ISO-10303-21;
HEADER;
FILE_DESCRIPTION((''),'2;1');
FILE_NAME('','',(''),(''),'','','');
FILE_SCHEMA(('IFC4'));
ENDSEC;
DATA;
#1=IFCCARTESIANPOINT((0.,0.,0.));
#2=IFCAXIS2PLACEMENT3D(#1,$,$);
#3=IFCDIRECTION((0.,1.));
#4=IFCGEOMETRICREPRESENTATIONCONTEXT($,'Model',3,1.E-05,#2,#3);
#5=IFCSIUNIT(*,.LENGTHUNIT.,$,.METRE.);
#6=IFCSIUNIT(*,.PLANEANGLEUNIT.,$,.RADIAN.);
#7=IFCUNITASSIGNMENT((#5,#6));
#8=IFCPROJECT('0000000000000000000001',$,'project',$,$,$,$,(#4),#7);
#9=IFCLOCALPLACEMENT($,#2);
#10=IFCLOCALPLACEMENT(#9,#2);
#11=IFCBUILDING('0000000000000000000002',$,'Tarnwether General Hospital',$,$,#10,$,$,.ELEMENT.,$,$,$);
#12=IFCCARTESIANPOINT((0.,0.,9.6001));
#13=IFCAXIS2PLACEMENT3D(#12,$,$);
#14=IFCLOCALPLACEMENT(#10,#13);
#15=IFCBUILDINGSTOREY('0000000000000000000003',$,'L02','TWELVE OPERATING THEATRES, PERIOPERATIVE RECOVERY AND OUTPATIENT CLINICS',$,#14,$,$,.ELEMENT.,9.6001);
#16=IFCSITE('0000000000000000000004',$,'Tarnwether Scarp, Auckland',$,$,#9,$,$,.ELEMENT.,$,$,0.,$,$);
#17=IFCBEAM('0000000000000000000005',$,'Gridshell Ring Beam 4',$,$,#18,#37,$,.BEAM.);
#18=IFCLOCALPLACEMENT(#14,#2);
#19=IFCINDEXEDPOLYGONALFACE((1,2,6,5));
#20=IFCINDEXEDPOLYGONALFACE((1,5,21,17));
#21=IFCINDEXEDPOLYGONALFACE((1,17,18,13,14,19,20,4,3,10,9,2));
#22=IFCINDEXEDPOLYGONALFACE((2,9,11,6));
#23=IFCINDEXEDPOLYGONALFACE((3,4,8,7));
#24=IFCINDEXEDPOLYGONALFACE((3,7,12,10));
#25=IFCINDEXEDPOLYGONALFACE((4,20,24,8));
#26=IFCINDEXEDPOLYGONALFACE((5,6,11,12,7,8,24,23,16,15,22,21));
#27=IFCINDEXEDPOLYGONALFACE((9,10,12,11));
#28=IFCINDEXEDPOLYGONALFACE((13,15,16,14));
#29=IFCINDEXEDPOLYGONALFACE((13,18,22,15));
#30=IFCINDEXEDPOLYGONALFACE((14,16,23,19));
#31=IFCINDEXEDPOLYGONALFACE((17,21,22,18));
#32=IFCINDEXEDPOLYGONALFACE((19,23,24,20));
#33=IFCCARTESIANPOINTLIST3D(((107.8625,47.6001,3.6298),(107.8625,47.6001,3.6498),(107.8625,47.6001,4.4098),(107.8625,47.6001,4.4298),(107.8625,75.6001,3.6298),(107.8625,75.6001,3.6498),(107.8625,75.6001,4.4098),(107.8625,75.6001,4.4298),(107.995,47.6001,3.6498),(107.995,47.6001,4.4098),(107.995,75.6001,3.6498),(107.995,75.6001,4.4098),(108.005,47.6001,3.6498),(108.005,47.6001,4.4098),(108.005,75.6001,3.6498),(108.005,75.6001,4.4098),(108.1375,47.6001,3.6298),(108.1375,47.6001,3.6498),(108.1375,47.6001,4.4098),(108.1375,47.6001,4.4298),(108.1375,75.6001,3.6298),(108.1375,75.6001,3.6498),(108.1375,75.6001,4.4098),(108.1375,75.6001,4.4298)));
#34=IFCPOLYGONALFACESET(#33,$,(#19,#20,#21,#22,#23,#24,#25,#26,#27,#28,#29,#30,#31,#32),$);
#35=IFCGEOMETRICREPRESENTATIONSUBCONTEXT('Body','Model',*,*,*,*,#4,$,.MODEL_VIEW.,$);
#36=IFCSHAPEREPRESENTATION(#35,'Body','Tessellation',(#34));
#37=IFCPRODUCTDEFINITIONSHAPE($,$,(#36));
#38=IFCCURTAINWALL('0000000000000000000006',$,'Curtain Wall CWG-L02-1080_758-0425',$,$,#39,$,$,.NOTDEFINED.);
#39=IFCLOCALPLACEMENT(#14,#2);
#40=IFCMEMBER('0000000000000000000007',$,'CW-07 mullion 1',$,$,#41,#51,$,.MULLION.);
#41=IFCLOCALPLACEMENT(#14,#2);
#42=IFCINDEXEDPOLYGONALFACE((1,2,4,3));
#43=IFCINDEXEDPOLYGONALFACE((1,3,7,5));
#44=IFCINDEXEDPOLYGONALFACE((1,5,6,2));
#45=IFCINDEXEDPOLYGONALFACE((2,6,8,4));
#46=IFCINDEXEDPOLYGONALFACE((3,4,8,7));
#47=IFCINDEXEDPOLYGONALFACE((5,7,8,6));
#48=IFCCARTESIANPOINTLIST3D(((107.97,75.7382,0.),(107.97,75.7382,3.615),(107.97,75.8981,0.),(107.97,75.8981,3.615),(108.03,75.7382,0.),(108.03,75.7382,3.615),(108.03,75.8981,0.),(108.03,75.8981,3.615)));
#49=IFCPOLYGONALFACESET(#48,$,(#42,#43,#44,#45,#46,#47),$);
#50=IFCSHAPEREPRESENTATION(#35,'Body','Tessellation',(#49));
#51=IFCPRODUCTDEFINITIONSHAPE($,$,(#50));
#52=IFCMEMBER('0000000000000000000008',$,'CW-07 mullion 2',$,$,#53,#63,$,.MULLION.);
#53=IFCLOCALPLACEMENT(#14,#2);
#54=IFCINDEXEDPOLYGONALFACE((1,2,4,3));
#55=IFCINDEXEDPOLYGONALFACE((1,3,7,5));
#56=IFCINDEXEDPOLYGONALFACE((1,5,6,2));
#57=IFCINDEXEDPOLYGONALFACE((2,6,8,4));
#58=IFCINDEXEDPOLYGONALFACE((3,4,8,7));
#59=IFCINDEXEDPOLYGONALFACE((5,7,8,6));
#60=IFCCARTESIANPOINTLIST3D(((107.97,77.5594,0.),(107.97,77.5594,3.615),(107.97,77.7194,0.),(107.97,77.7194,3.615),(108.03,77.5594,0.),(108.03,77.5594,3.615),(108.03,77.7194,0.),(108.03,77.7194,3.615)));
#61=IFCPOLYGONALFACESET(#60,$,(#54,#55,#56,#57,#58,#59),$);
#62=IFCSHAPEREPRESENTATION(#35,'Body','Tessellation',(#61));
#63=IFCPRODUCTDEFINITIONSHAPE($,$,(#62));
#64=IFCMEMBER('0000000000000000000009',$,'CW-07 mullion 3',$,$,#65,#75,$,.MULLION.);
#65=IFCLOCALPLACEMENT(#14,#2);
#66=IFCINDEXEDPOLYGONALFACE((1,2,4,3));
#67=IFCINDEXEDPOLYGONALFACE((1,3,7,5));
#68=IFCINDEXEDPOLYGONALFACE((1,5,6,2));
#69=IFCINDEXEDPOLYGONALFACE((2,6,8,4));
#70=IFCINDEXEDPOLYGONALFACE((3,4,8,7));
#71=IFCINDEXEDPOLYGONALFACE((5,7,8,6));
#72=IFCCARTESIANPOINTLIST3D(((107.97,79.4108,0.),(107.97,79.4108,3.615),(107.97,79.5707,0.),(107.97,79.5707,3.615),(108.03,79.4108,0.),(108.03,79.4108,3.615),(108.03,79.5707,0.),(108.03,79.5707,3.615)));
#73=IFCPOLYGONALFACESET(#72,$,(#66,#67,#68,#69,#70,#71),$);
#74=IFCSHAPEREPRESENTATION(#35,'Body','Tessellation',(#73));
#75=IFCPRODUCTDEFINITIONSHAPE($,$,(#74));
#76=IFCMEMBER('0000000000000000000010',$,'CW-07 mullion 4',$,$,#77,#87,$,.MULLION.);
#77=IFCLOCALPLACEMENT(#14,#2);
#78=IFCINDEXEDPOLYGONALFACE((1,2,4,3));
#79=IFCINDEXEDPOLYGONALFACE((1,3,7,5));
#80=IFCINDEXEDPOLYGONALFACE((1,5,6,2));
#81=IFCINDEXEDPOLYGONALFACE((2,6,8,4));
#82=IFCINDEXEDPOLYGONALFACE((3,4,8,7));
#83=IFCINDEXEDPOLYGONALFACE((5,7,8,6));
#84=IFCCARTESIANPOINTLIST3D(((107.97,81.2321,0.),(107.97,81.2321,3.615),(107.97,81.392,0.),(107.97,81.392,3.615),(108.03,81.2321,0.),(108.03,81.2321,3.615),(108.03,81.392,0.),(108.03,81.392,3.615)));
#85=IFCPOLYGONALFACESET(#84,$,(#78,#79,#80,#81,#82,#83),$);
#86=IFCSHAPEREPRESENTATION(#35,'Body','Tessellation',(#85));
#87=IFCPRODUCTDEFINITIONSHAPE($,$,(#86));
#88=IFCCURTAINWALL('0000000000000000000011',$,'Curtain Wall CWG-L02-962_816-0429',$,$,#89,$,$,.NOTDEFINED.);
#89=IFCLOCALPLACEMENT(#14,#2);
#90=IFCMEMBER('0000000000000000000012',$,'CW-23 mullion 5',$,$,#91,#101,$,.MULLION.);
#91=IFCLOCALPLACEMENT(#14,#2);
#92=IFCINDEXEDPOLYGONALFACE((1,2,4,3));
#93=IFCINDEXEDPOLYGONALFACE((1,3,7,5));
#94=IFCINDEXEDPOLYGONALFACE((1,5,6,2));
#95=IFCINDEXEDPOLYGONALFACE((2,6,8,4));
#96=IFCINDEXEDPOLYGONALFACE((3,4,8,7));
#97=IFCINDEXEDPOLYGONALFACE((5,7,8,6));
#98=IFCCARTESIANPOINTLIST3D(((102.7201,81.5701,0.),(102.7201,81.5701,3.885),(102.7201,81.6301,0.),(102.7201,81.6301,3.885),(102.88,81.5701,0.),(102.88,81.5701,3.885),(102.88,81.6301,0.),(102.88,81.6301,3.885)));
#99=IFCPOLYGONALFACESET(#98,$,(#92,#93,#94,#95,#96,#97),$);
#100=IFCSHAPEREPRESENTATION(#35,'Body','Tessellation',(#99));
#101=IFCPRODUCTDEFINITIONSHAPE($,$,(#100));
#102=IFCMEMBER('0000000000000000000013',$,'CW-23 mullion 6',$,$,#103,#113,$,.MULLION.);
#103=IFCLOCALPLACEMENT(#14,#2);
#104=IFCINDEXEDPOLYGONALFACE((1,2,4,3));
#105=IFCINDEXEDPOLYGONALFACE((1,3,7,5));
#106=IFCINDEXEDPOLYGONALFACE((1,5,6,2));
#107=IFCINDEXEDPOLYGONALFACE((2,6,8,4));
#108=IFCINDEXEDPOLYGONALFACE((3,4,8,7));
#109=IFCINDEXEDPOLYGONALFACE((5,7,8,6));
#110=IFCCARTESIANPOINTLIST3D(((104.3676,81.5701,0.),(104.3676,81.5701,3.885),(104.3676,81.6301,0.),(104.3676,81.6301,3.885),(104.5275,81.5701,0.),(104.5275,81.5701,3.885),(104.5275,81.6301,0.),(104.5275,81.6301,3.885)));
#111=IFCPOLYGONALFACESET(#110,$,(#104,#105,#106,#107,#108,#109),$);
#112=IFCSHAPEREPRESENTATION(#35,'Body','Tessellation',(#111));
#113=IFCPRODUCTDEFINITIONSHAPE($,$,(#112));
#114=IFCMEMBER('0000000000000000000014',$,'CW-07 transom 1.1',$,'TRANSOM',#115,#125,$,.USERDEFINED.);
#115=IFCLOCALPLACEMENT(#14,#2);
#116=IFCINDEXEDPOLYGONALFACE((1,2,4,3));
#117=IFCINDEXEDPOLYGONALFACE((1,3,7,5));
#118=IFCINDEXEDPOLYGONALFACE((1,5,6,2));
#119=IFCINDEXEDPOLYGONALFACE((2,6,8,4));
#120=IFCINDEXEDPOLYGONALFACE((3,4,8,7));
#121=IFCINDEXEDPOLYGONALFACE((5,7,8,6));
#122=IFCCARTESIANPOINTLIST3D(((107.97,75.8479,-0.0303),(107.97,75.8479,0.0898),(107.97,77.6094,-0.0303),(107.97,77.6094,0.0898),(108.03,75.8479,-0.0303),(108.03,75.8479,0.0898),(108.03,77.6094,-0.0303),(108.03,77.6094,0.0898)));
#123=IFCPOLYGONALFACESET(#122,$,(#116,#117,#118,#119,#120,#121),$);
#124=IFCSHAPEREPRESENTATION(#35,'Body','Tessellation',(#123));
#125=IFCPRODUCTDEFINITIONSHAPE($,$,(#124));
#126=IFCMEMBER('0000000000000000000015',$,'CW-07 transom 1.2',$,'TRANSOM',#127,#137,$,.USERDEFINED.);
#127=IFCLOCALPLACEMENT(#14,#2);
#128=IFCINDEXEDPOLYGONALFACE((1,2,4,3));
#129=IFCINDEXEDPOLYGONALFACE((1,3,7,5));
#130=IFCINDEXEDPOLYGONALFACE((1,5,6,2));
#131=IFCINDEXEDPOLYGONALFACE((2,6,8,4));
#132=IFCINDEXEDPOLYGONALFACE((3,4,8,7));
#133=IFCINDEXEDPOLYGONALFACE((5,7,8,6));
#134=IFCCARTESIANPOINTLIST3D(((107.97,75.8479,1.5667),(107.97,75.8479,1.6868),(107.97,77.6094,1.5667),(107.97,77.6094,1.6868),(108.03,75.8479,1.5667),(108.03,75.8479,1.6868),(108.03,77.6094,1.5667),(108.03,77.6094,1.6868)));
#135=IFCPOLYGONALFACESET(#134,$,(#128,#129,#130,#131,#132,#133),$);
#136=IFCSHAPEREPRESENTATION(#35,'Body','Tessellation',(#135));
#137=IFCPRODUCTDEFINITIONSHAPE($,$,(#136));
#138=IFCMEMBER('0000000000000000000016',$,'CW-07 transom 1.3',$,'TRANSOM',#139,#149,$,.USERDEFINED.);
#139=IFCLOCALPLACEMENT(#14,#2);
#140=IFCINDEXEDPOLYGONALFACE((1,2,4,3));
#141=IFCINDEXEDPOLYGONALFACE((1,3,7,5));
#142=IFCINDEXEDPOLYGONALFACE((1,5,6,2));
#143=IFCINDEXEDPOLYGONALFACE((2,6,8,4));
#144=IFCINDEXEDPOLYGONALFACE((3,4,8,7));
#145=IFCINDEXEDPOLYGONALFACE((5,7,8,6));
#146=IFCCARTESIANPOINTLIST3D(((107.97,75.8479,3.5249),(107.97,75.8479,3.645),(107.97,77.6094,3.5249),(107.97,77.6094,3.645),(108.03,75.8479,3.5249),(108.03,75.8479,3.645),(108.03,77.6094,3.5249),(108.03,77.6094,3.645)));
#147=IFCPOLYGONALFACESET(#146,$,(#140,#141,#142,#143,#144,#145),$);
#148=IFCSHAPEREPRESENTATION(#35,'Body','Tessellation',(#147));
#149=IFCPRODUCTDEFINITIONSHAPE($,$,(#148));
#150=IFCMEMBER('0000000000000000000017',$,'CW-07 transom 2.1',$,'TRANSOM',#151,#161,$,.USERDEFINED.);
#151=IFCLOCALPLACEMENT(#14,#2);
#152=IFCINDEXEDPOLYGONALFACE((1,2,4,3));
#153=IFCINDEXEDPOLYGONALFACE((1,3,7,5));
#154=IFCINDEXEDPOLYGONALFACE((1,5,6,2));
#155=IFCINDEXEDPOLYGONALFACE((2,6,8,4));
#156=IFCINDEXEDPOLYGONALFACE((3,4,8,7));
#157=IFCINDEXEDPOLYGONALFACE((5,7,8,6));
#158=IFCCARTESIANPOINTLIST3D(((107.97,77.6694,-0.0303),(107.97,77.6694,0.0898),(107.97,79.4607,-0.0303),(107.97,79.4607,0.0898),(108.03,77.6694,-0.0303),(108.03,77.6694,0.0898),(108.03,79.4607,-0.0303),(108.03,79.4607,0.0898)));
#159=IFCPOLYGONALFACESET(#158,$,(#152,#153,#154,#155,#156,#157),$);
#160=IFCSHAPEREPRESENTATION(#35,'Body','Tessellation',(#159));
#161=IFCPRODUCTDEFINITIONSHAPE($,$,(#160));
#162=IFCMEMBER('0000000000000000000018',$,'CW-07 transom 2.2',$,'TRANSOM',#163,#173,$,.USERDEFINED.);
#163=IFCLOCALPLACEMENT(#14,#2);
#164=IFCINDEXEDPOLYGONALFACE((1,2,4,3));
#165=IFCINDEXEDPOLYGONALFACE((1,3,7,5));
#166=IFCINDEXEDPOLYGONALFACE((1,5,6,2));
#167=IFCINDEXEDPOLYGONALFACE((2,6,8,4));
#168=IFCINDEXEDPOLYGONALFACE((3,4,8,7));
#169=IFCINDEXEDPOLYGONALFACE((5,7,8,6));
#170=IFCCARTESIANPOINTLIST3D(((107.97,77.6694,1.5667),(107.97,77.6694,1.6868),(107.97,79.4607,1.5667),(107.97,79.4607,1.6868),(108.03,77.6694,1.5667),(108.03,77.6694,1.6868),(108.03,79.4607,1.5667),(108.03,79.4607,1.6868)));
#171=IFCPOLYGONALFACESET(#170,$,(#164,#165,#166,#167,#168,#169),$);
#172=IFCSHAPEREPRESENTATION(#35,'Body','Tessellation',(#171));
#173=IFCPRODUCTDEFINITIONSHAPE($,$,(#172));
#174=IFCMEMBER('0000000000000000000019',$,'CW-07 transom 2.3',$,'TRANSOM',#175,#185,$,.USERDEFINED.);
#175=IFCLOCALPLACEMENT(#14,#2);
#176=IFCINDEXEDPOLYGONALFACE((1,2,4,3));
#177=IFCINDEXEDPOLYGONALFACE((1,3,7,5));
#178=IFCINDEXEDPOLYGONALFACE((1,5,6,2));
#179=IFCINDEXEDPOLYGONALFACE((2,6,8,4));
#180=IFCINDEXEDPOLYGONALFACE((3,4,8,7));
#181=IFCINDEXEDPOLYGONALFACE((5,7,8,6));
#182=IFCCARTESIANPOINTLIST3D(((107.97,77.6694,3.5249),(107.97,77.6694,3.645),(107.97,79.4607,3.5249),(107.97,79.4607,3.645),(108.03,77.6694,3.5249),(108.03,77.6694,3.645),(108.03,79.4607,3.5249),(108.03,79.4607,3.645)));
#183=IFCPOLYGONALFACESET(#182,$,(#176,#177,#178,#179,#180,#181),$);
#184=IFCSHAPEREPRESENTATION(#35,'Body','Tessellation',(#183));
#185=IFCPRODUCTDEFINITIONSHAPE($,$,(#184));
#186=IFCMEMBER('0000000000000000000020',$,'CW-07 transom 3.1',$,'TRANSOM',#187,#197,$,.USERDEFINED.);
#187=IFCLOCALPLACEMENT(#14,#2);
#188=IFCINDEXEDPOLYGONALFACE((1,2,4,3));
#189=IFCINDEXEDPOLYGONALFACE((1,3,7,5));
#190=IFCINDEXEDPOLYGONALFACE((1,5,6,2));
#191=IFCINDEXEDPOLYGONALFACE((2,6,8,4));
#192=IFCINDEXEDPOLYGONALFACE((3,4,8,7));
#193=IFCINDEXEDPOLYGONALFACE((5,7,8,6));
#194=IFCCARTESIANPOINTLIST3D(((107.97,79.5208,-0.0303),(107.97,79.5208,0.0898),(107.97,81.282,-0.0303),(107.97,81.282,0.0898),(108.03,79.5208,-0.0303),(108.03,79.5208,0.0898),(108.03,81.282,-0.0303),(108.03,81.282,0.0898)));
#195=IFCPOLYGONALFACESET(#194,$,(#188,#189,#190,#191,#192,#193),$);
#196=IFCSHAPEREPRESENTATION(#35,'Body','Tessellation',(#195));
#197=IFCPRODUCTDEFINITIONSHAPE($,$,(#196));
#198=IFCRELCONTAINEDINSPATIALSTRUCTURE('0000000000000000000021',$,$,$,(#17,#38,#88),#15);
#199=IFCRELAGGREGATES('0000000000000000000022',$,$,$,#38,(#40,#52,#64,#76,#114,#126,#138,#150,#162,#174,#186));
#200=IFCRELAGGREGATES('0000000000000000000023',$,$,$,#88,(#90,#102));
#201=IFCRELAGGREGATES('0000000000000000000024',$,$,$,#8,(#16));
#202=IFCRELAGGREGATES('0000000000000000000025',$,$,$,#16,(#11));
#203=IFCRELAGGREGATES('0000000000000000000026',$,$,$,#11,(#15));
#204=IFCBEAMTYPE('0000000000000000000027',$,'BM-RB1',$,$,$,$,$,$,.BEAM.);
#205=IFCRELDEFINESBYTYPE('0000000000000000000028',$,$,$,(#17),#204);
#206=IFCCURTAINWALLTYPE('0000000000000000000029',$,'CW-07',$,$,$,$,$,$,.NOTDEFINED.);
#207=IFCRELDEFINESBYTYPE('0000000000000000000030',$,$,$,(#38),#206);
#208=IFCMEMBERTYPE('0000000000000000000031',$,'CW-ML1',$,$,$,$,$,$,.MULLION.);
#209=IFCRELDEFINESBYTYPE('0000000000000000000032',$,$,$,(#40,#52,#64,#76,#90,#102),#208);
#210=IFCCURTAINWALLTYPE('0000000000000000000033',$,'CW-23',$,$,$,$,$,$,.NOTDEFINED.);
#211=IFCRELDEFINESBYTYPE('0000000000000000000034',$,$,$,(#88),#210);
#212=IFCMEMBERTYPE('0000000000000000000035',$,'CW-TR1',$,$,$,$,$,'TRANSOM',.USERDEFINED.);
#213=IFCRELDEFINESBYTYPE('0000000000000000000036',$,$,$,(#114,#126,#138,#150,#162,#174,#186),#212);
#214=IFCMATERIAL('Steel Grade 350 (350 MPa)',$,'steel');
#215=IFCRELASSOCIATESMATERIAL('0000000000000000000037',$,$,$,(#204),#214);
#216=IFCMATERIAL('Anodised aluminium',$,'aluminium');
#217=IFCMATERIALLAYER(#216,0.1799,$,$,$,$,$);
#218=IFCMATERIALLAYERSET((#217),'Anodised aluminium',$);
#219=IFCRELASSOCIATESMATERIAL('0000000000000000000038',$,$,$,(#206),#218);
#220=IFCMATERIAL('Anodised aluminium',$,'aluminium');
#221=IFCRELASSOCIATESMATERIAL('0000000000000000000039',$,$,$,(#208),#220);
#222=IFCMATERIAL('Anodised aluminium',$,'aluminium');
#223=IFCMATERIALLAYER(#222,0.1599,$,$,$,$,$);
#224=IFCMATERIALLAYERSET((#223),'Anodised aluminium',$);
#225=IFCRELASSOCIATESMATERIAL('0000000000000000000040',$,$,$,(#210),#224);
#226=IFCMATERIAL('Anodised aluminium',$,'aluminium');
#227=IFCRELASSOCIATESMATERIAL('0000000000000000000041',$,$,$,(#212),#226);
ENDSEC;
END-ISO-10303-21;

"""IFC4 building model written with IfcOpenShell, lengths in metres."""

from ifc_helpers import new_model, si_unit, direction, frame, origin, origin_2d, place, context, subcontext, project, spatial, rectangle, i_section, extrude, material, layer, layer_set, material_profile, profile_set, type_object, element, aggregate, save


model = new_model("IFC4")

# Units and contexts
model_context = context("Model", 3, precision=1e-05, world=origin(), true_north=direction((0.0, 1.0)))
body_context = subcontext(model_context, "Body", "Model", "MODEL_VIEW")
ifc_project = project(units=[si_unit("LENGTHUNIT", "METRE"), si_unit("PLANEANGLEUNIT", "RADIAN")], contexts=[model_context])

# Site, building, storey
site_placement = place(None, origin())
site = spatial("IfcSite", under=ifc_project, at=site_placement, Name="Tarnwether Scarp, Auckland", CompositionType="ELEMENT", RefElevation=0.0)
building_placement = place(site_placement, origin())
building = spatial("IfcBuilding", under=site, at=building_placement, Name="Tarnwether General Hospital", CompositionType="ELEMENT")
storey_placement = place(building_placement, frame((0.0, 0.0, 9.6001)))
storey = spatial("IfcBuildingStorey", under=building, at=storey_placement, Name="L02", Description="TWELVE OPERATING THEATRES, PERIOPERATIVE RECOVERY AND OUTPATIENT CLINICS", CompositionType="ELEMENT", Elevation=9.6001)

# Beam
ifc_material_1 = material(Name="Steel Grade 350 (350 MPa)", Category="steel")
ifc_material_profile_1 = material_profile(ifc_material_1, i_section(OverallWidth=0.2749, OverallDepth=0.8, WebThickness=0.01, FlangeThickness=0.02, at=origin_2d()), Name="800WB146")
ifc_profile_set_1 = profile_set([ifc_material_profile_1], Name="Steel Grade 350 (350 MPa)")
beam_type = type_object("IfcBeamType", Name="BM-RB1", PredefinedType="BEAM", material=ifc_profile_set_1)
beam_placement = place(storey_placement, frame((108.0, 75.6001, 4.0298), z_axis=(0.0, -1.0, 0.0), x_axis=(1.0, 0.0, 0.0)))
element("IfcBeam", 1, at=beam_placement, inside=storey, type_object=beam_type, Name="Gridshell Ring Beam 4", PredefinedType="BEAM", context=body_context, shape_type="SweptSolid", body=[
    extrude(i_section(OverallWidth=0.2749, OverallDepth=0.8, WebThickness=0.01, FlangeThickness=0.02, at=origin_2d()), origin(), (0.0, 0.0, 1.0), 28.0),
])

# Curtain walls, members
ifc_material_2 = material(Name="Anodised aluminium", Category="aluminium")
ifc_layer_1 = layer(ifc_material_2, 0.1799)
ifc_layer_set_1 = layer_set([ifc_layer_1], Name="Anodised aluminium")
curtain_wall_type_1 = type_object("IfcCurtainWallType", Name="CW-07", PredefinedType="NOTDEFINED", material=ifc_layer_set_1)
curtain_wall_1_placement = place(storey_placement, origin())
curtain_wall_1 = element("IfcCurtainWall", 2, at=curtain_wall_1_placement, inside=storey, type_object=curtain_wall_type_1, Name="Curtain Wall CWG-L02-1080_758-0425", PredefinedType="NOTDEFINED")
ifc_material_3 = material(Name="Anodised aluminium", Category="aluminium")
ifc_material_profile_2 = material_profile(ifc_material_3, rectangle(XDim=0.0601, YDim=0.1599, at=origin_2d()), Name="ALU-MUL-60x160")
ifc_profile_set_2 = profile_set([ifc_material_profile_2], Name="Anodised aluminium")
member_type_1 = type_object("IfcMemberType", Name="CW-ML1", PredefinedType="MULLION", material=ifc_profile_set_2)
member_1_placement = place(storey_placement, frame((108.0, 75.8181, 0.0), z_axis=(0.0, 0.0, 1.0), x_axis=(-1.0, 0.0, 0.0)))
member_1 = element("IfcMember", 3, at=member_1_placement, type_object=member_type_1, Name="CW-07 mullion 1", PredefinedType="MULLION", context=body_context, shape_type="SweptSolid", body=[
    extrude(rectangle(XDim=0.0601, YDim=0.1599, at=origin_2d()), origin(), (0.0, 0.0, 1.0), 3.615),
])
member_2_placement = place(storey_placement, frame((108.0, 77.6394, 0.0), z_axis=(0.0, 0.0, 1.0), x_axis=(-1.0, 0.0, 0.0)))
member_2 = element("IfcMember", 4, at=member_2_placement, type_object=member_type_1, Name="CW-07 mullion 2", PredefinedType="MULLION", context=body_context, shape_type="SweptSolid", body=[
    extrude(rectangle(XDim=0.0601, YDim=0.1599, at=origin_2d()), origin(), (0.0, 0.0, 1.0), 3.615),
])
member_3_placement = place(storey_placement, frame((108.0, 79.4907, 0.0), z_axis=(0.0, 0.0, 1.0), x_axis=(-1.0, 0.0, 0.0)))
member_3 = element("IfcMember", 5, at=member_3_placement, type_object=member_type_1, Name="CW-07 mullion 3", PredefinedType="MULLION", context=body_context, shape_type="SweptSolid", body=[
    extrude(rectangle(XDim=0.0601, YDim=0.1599, at=origin_2d()), origin(), (0.0, 0.0, 1.0), 3.615),
])
member_4_placement = place(storey_placement, frame((108.0, 81.312, 0.0), z_axis=(0.0, 0.0, 1.0), x_axis=(-1.0, 0.0, 0.0)))
member_4 = element("IfcMember", 6, at=member_4_placement, type_object=member_type_1, Name="CW-07 mullion 4", PredefinedType="MULLION", context=body_context, shape_type="SweptSolid", body=[
    extrude(rectangle(XDim=0.0601, YDim=0.1599, at=origin_2d()), origin(), (0.0, 0.0, 1.0), 3.615),
])
ifc_material_4 = material(Name="Anodised aluminium", Category="aluminium")
ifc_layer_2 = layer(ifc_material_4, 0.1599)
ifc_layer_set_2 = layer_set([ifc_layer_2], Name="Anodised aluminium")
curtain_wall_type_2 = type_object("IfcCurtainWallType", Name="CW-23", PredefinedType="NOTDEFINED", material=ifc_layer_set_2)
curtain_wall_2_placement = place(storey_placement, origin())
curtain_wall_2 = element("IfcCurtainWall", 7, at=curtain_wall_2_placement, inside=storey, type_object=curtain_wall_type_2, Name="Curtain Wall CWG-L02-962_816-0429", PredefinedType="NOTDEFINED")
member_5_placement = place(storey_placement, frame((102.8, 81.6001, 0.0), z_axis=(0.0, 0.0, 1.0), x_axis=(0.0, 1.0, 0.0)))
member_5 = element("IfcMember", 8, at=member_5_placement, type_object=member_type_1, Name="CW-23 mullion 5", PredefinedType="MULLION", context=body_context, shape_type="SweptSolid", body=[
    extrude(rectangle(XDim=0.0601, YDim=0.1599, at=origin_2d()), origin(), (0.0, 0.0, 1.0), 3.885),
])
member_6_placement = place(storey_placement, frame((104.4475, 81.6001, 0.0), z_axis=(0.0, 0.0, 1.0), x_axis=(0.0, 1.0, 0.0)))
member_6 = element("IfcMember", 9, at=member_6_placement, type_object=member_type_1, Name="CW-23 mullion 6", PredefinedType="MULLION", context=body_context, shape_type="SweptSolid", body=[
    extrude(rectangle(XDim=0.0601, YDim=0.1599, at=origin_2d()), origin(), (0.0, 0.0, 1.0), 3.885),
])

# Members
ifc_material_5 = material(Name="Anodised aluminium", Category="aluminium")
ifc_material_profile_3 = material_profile(ifc_material_5, rectangle(XDim=0.0601, YDim=0.1201, at=origin_2d()), Name="ALU-TRN-60x120")
ifc_profile_set_3 = profile_set([ifc_material_profile_3], Name="Anodised aluminium")
member_type_2 = type_object("IfcMemberType", Name="CW-TR1", ElementType="TRANSOM", PredefinedType="USERDEFINED", material=ifc_profile_set_3)
member_7_placement = place(storey_placement, frame((108.0, 75.8479, 0.0298), z_axis=(0.0, 1.0, 0.0), x_axis=(-1.0, 0.0, 0.0)))
member_7 = element("IfcMember", 10, at=member_7_placement, type_object=member_type_2, Name="CW-07 transom 1.1", ObjectType="TRANSOM", PredefinedType="USERDEFINED", context=body_context, shape_type="SweptSolid", body=[
    extrude(rectangle(XDim=0.0601, YDim=0.1201, at=origin_2d()), origin(), (0.0, 0.0, 1.0), 1.7615),
])
member_8_placement = place(storey_placement, frame((108.0, 75.8479, 1.6267), z_axis=(0.0, 1.0, 0.0), x_axis=(-1.0, 0.0, 0.0)))
member_8 = element("IfcMember", 11, at=member_8_placement, type_object=member_type_2, Name="CW-07 transom 1.2", ObjectType="TRANSOM", PredefinedType="USERDEFINED", context=body_context, shape_type="SweptSolid", body=[
    extrude(rectangle(XDim=0.0601, YDim=0.1201, at=origin_2d()), origin(), (0.0, 0.0, 1.0), 1.7615),
])
member_9_placement = place(storey_placement, frame((108.0, 75.8479, 3.585), z_axis=(0.0, 1.0, 0.0), x_axis=(-1.0, 0.0, 0.0)))
member_9 = element("IfcMember", 12, at=member_9_placement, type_object=member_type_2, Name="CW-07 transom 1.3", ObjectType="TRANSOM", PredefinedType="USERDEFINED", context=body_context, shape_type="SweptSolid", body=[
    extrude(rectangle(XDim=0.0601, YDim=0.1201, at=origin_2d()), origin(), (0.0, 0.0, 1.0), 1.7615),
])
member_10_placement = place(storey_placement, frame((108.0, 77.6694, 0.0298), z_axis=(0.0, 1.0, 0.0), x_axis=(-1.0, 0.0, 0.0)))
member_10 = element("IfcMember", 13, at=member_10_placement, type_object=member_type_2, Name="CW-07 transom 2.1", ObjectType="TRANSOM", PredefinedType="USERDEFINED", context=body_context, shape_type="SweptSolid", body=[
    extrude(rectangle(XDim=0.0601, YDim=0.1201, at=origin_2d()), origin(), (0.0, 0.0, 1.0), 1.7913),
])
member_11_placement = place(storey_placement, frame((108.0, 77.6694, 1.6267), z_axis=(0.0, 1.0, 0.0), x_axis=(-1.0, 0.0, 0.0)))
member_11 = element("IfcMember", 14, at=member_11_placement, type_object=member_type_2, Name="CW-07 transom 2.2", ObjectType="TRANSOM", PredefinedType="USERDEFINED", context=body_context, shape_type="SweptSolid", body=[
    extrude(rectangle(XDim=0.0601, YDim=0.1201, at=origin_2d()), origin(), (0.0, 0.0, 1.0), 1.7913),
])
member_12_placement = place(storey_placement, frame((108.0, 77.6694, 3.585), z_axis=(0.0, 1.0, 0.0), x_axis=(-1.0, 0.0, 0.0)))
member_12 = element("IfcMember", 15, at=member_12_placement, type_object=member_type_2, Name="CW-07 transom 2.3", ObjectType="TRANSOM", PredefinedType="USERDEFINED", context=body_context, shape_type="SweptSolid", body=[
    extrude(rectangle(XDim=0.0601, YDim=0.1201, at=origin_2d()), origin(), (0.0, 0.0, 1.0), 1.7913),
])
member_13_placement = place(storey_placement, frame((108.0, 79.5208, 0.0298), z_axis=(0.0, 1.0, 0.0), x_axis=(-1.0, 0.0, 0.0)))
member_13 = element("IfcMember", 16, at=member_13_placement, type_object=member_type_2, Name="CW-07 transom 3.1", ObjectType="TRANSOM", PredefinedType="USERDEFINED", context=body_context, shape_type="SweptSolid", body=[
    extrude(rectangle(XDim=0.0601, YDim=0.1201, at=origin_2d()), origin(), (0.0, 0.0, 1.0), 1.7612),
])

aggregate(curtain_wall_1, [member_1, member_2, member_3, member_4, member_7, member_8, member_9, member_10, member_11, member_12, member_13])
aggregate(curtain_wall_2, [member_5, member_6])

save(model, "model.ifc")
